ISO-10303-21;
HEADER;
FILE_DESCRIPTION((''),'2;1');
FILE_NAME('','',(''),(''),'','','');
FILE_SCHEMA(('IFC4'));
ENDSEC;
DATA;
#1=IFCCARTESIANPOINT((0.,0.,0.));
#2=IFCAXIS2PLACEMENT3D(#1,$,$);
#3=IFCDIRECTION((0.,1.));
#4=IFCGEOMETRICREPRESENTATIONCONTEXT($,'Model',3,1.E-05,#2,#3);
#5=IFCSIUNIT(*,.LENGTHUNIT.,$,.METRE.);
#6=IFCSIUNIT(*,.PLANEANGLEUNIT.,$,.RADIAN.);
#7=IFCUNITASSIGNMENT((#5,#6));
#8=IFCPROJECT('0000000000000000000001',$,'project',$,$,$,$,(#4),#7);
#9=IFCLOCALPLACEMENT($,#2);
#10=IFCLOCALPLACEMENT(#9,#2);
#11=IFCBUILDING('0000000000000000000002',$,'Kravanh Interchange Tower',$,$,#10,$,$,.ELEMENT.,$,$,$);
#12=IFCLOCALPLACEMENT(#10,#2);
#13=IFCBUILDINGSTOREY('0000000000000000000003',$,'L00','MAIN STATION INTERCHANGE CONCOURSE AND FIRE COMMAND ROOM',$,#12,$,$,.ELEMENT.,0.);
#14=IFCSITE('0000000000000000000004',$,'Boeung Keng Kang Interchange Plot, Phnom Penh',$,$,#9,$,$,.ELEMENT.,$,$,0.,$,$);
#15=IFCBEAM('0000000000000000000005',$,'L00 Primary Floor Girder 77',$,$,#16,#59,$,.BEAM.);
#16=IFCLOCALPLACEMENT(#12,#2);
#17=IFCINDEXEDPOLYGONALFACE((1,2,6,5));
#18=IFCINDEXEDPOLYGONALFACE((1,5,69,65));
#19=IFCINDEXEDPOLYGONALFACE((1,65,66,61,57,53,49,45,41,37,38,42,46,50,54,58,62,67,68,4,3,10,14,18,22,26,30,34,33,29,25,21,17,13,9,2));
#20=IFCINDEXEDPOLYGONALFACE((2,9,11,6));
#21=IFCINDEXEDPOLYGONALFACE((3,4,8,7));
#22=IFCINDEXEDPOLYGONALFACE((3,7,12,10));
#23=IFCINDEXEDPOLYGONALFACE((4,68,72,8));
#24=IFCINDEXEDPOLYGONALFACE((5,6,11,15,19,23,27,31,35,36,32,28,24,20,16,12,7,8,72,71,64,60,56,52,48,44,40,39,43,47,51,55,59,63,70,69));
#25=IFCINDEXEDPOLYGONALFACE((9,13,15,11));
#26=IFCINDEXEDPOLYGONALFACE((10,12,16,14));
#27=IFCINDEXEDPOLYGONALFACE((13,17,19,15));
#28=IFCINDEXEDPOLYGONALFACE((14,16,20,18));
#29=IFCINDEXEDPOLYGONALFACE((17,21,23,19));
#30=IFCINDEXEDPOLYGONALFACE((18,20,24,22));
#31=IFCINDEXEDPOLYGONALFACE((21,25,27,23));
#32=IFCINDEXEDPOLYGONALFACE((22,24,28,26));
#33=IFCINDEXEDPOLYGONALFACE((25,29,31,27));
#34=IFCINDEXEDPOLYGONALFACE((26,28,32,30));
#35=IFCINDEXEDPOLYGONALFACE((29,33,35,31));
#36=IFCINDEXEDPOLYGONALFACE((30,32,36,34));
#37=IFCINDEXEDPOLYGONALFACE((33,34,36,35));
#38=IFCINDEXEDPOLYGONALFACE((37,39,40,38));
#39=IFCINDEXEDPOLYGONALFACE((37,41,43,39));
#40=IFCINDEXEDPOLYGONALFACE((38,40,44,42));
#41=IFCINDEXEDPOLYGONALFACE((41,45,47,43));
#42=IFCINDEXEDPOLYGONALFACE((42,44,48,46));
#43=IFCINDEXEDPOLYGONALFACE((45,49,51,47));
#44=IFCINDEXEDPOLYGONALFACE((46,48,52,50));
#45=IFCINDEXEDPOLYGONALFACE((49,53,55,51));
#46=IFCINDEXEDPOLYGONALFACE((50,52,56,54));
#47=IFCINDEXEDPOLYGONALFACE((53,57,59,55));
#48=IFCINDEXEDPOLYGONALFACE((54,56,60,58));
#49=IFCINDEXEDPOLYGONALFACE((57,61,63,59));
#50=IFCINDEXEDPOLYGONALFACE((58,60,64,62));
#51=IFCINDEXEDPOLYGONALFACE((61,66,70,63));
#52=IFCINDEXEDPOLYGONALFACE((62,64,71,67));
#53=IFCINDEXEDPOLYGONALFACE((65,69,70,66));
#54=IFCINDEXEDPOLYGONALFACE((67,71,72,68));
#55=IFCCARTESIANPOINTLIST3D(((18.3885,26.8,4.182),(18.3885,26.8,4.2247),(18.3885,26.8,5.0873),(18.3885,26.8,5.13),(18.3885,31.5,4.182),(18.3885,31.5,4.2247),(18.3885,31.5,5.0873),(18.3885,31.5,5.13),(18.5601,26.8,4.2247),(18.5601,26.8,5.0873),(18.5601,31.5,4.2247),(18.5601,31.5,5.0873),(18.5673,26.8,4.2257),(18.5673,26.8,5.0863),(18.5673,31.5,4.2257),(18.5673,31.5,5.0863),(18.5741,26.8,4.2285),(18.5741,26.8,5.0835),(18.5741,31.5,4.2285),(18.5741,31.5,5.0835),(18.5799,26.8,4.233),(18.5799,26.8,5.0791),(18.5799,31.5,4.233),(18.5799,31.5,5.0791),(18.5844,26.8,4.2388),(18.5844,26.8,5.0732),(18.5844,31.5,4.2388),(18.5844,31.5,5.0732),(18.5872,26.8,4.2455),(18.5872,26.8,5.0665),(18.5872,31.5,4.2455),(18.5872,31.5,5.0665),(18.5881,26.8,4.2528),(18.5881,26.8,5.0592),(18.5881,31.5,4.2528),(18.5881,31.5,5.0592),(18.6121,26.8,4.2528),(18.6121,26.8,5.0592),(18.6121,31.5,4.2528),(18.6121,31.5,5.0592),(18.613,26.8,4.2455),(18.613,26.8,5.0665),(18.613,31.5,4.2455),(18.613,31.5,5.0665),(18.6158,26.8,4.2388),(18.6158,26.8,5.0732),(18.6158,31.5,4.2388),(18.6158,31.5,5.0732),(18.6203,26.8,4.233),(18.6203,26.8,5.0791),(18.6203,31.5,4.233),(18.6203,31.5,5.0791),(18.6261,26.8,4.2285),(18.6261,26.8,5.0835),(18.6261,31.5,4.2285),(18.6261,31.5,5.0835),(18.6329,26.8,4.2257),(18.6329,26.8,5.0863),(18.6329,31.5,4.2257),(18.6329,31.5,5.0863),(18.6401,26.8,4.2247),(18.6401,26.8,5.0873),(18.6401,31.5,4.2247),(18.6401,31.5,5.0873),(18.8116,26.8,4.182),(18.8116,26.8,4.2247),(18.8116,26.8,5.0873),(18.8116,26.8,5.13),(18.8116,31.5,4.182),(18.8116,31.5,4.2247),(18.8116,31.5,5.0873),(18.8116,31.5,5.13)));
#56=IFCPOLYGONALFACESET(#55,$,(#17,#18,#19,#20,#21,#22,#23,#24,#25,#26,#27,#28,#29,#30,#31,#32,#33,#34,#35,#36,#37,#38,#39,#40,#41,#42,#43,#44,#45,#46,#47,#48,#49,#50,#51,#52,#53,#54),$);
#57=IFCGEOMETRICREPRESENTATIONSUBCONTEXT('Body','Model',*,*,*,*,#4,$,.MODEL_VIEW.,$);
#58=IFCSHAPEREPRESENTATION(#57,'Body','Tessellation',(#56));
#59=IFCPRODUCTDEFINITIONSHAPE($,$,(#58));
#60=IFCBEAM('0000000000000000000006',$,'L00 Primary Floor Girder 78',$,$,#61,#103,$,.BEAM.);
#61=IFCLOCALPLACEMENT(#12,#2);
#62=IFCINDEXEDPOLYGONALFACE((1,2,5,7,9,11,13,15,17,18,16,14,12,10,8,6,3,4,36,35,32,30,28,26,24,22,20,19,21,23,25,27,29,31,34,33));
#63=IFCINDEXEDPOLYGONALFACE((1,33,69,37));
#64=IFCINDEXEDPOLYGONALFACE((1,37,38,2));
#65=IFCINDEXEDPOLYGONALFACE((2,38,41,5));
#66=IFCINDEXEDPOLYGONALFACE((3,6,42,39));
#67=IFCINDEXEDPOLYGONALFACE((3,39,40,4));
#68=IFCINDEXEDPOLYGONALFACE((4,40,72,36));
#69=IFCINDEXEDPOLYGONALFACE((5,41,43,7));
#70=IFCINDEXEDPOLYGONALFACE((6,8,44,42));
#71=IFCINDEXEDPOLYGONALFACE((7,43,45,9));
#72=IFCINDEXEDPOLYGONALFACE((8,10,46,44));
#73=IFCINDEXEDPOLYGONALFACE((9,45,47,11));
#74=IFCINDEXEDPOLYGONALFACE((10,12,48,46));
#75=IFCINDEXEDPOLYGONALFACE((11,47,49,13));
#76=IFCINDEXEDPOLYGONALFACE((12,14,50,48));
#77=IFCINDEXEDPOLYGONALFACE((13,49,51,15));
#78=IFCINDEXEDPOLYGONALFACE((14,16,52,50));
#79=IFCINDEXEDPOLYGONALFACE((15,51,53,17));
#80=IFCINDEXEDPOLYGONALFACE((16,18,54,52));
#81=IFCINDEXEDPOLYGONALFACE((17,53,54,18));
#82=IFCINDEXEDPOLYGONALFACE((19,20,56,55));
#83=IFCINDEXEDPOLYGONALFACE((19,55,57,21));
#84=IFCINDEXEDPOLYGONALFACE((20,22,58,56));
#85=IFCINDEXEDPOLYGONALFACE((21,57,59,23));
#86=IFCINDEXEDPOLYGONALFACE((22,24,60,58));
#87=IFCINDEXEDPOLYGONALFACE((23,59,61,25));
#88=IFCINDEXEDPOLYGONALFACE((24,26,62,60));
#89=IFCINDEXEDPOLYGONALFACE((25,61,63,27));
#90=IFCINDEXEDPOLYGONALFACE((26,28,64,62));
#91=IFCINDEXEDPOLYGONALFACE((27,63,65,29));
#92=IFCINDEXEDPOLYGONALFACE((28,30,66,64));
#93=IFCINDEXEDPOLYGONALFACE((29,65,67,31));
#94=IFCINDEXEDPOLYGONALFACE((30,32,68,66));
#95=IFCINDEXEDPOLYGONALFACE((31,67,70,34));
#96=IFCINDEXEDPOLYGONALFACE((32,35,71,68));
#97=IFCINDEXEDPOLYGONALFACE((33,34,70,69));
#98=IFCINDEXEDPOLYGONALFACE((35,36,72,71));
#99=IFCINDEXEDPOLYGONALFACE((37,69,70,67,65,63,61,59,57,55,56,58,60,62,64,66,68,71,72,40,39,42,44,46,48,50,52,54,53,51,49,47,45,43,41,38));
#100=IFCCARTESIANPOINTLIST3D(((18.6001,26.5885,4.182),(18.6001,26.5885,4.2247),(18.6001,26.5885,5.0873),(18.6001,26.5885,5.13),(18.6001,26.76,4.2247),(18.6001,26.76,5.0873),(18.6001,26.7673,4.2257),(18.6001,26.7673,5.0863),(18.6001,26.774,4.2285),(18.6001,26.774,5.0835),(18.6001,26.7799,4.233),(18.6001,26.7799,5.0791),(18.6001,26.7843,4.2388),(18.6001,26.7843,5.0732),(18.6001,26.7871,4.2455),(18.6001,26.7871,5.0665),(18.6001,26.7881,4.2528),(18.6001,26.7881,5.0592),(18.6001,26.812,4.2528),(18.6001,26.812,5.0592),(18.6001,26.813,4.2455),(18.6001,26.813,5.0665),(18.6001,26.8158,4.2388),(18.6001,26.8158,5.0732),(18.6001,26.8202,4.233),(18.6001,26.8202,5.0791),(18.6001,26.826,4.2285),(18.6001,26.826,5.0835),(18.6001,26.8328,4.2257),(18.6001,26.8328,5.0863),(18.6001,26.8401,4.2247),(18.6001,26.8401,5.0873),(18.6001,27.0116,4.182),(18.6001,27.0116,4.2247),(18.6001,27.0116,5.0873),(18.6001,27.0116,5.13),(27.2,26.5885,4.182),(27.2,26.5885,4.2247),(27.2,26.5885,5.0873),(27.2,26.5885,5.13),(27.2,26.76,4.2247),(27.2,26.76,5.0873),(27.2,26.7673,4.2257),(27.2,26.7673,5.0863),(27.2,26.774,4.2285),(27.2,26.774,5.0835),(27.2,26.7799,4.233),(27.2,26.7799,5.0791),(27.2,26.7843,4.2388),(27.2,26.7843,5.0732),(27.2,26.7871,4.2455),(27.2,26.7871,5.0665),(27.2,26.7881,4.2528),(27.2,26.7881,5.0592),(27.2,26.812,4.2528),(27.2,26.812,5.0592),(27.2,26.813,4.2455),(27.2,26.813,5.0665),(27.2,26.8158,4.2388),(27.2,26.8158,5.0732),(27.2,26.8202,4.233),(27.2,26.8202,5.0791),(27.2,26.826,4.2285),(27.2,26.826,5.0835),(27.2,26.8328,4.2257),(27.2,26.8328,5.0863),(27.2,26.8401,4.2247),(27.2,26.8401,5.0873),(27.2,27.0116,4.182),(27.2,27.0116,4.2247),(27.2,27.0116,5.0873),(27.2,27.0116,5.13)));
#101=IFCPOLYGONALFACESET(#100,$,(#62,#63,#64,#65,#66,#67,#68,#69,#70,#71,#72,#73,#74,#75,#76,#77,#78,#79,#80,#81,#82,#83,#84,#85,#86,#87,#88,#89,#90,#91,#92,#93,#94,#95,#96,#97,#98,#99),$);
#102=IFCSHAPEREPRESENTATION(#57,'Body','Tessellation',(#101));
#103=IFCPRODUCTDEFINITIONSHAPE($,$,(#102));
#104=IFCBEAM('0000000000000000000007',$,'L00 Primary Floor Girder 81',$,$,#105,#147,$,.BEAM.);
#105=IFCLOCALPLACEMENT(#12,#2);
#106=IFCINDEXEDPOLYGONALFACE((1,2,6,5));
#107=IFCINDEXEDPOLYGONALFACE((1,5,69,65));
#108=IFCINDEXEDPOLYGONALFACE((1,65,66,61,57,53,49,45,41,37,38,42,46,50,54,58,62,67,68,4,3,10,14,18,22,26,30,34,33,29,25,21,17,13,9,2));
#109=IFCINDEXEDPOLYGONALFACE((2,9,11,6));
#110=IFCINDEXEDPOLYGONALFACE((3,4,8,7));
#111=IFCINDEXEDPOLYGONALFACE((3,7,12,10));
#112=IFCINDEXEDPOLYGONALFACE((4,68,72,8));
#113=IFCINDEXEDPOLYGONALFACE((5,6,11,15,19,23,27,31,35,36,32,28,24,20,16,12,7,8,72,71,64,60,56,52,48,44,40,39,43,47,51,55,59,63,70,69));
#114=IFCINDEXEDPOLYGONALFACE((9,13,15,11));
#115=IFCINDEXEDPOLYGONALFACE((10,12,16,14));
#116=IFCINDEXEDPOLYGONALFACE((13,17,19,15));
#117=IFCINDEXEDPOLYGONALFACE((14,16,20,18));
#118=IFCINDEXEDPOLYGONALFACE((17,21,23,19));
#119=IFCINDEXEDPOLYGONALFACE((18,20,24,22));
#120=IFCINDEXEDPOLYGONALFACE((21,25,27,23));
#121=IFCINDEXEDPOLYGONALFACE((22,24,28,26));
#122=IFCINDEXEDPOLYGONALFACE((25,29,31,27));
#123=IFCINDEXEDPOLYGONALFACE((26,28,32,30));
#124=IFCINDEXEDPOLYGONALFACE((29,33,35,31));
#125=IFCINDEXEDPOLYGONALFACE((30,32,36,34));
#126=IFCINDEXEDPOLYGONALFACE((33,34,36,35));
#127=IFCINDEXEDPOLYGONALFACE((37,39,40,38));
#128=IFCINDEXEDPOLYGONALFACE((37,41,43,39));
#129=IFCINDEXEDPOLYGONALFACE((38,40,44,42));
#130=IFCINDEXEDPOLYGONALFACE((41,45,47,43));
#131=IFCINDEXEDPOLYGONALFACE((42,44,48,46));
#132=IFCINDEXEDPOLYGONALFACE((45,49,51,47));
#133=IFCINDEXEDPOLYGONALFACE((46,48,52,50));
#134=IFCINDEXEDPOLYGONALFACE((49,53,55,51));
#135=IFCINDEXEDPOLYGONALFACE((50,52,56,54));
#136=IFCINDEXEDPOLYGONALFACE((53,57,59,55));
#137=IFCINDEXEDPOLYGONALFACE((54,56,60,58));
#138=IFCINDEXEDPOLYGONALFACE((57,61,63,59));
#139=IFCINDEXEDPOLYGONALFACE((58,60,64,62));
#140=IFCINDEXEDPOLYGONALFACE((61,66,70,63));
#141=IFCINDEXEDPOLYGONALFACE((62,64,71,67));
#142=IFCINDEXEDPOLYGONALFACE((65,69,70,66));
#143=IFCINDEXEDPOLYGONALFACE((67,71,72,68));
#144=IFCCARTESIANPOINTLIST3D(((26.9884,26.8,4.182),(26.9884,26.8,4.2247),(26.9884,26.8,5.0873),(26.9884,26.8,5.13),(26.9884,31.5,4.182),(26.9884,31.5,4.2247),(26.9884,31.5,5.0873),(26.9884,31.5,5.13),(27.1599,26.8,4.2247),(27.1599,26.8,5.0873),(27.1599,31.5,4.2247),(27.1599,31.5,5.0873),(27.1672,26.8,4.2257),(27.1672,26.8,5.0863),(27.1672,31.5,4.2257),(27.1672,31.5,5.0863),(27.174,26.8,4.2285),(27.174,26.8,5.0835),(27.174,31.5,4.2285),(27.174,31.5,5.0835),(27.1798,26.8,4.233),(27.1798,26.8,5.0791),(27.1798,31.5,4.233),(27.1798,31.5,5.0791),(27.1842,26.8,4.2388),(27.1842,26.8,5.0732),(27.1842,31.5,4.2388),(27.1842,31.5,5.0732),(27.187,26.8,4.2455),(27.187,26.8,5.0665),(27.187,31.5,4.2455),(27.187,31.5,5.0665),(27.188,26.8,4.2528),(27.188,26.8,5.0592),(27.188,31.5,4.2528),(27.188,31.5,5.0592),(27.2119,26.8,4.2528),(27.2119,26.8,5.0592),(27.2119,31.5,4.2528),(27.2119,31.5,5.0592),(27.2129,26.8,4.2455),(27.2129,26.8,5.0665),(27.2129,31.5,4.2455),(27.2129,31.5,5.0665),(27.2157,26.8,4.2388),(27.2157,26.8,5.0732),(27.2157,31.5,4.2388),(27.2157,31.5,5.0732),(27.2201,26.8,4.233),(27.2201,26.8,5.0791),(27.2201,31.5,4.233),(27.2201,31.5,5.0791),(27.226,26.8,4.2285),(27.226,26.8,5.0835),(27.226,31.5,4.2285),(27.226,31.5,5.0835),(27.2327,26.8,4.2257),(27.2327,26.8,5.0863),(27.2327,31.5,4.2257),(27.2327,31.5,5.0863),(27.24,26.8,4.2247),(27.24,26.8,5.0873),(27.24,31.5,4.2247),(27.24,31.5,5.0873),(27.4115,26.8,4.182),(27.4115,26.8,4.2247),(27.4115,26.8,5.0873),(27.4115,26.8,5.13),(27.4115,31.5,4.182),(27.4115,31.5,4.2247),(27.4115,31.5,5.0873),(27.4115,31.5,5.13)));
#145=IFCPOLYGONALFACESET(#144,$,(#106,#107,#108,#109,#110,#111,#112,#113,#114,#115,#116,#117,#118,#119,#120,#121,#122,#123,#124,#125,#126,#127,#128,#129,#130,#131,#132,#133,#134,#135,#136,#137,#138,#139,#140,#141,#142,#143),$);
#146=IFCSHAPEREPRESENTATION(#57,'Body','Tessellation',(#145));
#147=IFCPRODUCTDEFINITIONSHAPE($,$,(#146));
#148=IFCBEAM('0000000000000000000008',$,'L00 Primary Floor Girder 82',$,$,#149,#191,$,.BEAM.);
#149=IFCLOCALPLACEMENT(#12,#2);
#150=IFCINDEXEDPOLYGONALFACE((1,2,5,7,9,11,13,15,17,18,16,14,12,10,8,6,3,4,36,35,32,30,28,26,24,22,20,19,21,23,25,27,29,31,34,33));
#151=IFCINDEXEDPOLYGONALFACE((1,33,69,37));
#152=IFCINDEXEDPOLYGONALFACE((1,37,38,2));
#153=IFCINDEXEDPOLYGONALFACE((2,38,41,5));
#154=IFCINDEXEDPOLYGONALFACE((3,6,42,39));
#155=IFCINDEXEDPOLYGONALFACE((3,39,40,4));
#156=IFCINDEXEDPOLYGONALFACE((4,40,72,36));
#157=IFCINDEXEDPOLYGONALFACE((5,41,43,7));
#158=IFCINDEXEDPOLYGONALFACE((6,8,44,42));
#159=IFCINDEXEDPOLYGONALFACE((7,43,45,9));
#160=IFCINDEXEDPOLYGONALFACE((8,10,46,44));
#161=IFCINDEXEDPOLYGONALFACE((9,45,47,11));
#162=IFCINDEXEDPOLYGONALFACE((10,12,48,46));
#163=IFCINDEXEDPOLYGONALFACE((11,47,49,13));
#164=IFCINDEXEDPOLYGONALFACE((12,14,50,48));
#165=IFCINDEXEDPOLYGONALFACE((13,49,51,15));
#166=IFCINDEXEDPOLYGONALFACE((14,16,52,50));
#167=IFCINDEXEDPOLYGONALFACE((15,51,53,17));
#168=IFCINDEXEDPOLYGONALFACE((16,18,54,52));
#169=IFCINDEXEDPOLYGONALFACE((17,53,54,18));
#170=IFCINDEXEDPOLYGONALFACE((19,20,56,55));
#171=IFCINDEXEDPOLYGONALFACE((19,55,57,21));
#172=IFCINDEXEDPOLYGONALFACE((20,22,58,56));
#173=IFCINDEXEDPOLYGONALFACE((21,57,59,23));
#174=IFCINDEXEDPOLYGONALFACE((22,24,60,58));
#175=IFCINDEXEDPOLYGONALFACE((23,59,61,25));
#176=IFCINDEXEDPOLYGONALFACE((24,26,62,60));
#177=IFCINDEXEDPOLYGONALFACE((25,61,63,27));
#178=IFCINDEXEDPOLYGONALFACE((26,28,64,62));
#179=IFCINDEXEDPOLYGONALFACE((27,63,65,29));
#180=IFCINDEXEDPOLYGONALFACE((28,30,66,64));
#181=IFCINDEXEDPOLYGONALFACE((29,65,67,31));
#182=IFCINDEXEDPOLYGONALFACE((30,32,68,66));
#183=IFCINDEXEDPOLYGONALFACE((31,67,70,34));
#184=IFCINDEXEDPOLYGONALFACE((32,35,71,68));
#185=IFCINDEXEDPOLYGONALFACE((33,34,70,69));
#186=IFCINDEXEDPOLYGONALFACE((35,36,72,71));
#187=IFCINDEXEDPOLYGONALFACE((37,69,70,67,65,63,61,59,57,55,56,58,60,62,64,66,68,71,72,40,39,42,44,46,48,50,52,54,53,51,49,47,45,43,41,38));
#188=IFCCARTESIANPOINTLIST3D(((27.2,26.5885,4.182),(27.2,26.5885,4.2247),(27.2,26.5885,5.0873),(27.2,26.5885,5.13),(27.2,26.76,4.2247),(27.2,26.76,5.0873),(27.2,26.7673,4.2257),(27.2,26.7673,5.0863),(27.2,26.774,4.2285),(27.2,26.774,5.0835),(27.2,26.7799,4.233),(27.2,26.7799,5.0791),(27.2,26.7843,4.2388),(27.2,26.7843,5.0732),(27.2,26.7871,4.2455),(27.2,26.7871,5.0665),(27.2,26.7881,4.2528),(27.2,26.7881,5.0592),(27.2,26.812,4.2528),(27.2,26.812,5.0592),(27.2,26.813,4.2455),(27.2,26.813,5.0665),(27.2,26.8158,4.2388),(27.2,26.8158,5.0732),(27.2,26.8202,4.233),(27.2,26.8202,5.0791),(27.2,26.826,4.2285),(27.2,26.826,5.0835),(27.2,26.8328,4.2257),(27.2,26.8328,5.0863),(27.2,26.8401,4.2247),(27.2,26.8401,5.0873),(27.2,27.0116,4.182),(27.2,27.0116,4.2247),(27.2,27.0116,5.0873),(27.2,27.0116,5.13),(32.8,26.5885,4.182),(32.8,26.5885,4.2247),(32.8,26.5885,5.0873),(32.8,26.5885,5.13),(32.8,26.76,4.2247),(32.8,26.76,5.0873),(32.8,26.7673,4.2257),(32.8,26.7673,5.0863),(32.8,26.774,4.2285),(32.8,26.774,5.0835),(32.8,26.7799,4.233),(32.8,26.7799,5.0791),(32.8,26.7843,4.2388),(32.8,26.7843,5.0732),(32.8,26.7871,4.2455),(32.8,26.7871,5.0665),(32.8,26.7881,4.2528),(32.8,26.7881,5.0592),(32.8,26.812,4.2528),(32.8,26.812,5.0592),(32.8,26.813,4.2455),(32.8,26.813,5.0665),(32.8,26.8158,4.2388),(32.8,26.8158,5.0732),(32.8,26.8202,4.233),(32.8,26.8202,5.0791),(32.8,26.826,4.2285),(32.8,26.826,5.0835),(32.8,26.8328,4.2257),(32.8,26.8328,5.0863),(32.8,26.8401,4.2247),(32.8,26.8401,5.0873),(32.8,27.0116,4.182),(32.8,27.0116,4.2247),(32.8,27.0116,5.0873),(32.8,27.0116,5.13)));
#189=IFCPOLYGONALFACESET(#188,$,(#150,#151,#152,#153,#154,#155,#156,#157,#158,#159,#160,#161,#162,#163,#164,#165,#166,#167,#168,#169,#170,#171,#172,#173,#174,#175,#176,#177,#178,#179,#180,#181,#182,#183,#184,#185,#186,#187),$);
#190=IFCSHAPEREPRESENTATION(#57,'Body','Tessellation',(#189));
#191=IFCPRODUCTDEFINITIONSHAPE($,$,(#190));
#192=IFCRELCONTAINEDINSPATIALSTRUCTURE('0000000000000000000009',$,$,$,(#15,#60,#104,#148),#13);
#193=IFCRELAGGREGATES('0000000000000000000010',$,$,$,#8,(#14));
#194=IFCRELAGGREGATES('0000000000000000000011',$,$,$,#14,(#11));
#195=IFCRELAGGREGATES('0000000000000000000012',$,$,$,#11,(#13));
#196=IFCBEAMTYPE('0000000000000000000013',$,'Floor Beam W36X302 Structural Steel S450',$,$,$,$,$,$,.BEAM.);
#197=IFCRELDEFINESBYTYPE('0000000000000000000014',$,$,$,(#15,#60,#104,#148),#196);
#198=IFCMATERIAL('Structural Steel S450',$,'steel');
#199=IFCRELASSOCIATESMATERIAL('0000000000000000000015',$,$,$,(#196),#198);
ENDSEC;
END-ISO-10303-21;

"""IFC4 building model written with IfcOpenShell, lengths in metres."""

from ifc_helpers import new_model, si_unit, direction, frame, origin, origin_2d, place, context, subcontext, project, spatial, i_section, extrude, material, material_profile, profile_set, type_object, element, save


model = new_model("IFC4")

# Units and contexts
model_context = context("Model", 3, precision=1e-05, world=origin(), true_north=direction((0.0, 1.0)))
body_context = subcontext(model_context, "Body", "Model", "MODEL_VIEW")
ifc_project = project(units=[si_unit("LENGTHUNIT", "METRE"), si_unit("PLANEANGLEUNIT", "RADIAN")], contexts=[model_context])

# Site, building, storey
site_placement = place(None, origin())
site = spatial("IfcSite", under=ifc_project, at=site_placement, Name="Boeung Keng Kang Interchange Plot, Phnom Penh", CompositionType="ELEMENT", RefElevation=0.0)
building_placement = place(site_placement, origin())
building = spatial("IfcBuilding", under=site, at=building_placement, Name="Kravanh Interchange Tower", CompositionType="ELEMENT")
storey_placement = place(building_placement, origin())
storey = spatial("IfcBuildingStorey", under=building, at=storey_placement, Name="L00", Description="MAIN STATION INTERCHANGE CONCOURSE AND FIRE COMMAND ROOM", CompositionType="ELEMENT", Elevation=0.0)

# Beams
ifc_material_1 = material(Name="Structural Steel S450", Category="steel")
ifc_material_profile_1 = material_profile(ifc_material_1, i_section(OverallWidth=0.4231, OverallDepth=0.948, WebThickness=0.0239, FlangeThickness=0.0427, FilletRadius=0.0281, at=origin_2d()), Name="W36X302")
ifc_profile_set_1 = profile_set([ifc_material_profile_1], Name="Structural Steel S450")
beam_type_1 = type_object("IfcBeamType", Name="Floor Beam W36X302 Structural Steel S450", PredefinedType="BEAM", material=ifc_profile_set_1)
beam_1_placement = place(storey_placement, frame((18.6001, 26.8, 4.656), z_axis=(0.0, 1.0, 0.0), x_axis=(-1.0, 0.0, 0.0)))
element("IfcBeam", 1, at=beam_1_placement, inside=storey, type_object=beam_type_1, Name="L00 Primary Floor Girder 77", PredefinedType="BEAM", context=body_context, shape_type="SweptSolid", body=[
    extrude(i_section(OverallWidth=0.4231, OverallDepth=0.948, WebThickness=0.0239, FlangeThickness=0.0427, FilletRadius=0.0281, at=origin_2d()), origin(), (0.0, 0.0, 1.0), 4.7),
])
beam_2_placement = place(storey_placement, frame((18.6001, 26.8, 4.656), z_axis=(1.0, 0.0, 0.0), x_axis=(0.0, 1.0, 0.0)))
element("IfcBeam", 2, at=beam_2_placement, inside=storey, type_object=beam_type_1, Name="L00 Primary Floor Girder 78", PredefinedType="BEAM", context=body_context, shape_type="SweptSolid", body=[
    extrude(i_section(OverallWidth=0.4231, OverallDepth=0.948, WebThickness=0.0239, FlangeThickness=0.0427, FilletRadius=0.0281, at=origin_2d()), origin(), (0.0, 0.0, 1.0), 8.5999),
])
beam_3_placement = place(storey_placement, frame((27.2, 26.8, 4.656), z_axis=(0.0, 1.0, 0.0), x_axis=(-1.0, 0.0, 0.0)))
element("IfcBeam", 3, at=beam_3_placement, inside=storey, type_object=beam_type_1, Name="L00 Primary Floor Girder 81", PredefinedType="BEAM", context=body_context, shape_type="SweptSolid", body=[
    extrude(i_section(OverallWidth=0.4231, OverallDepth=0.948, WebThickness=0.0239, FlangeThickness=0.0427, FilletRadius=0.0281, at=origin_2d()), origin(), (0.0, 0.0, 1.0), 4.7),
])
beam_4_placement = place(storey_placement, frame((27.2, 26.8, 4.656), z_axis=(1.0, 0.0, 0.0), x_axis=(0.0, 1.0, 0.0)))
element("IfcBeam", 4, at=beam_4_placement, inside=storey, type_object=beam_type_1, Name="L00 Primary Floor Girder 82", PredefinedType="BEAM", context=body_context, shape_type="SweptSolid", body=[
    extrude(i_section(OverallWidth=0.4231, OverallDepth=0.948, WebThickness=0.0239, FlangeThickness=0.0427, FilletRadius=0.0281, at=origin_2d()), origin(), (0.0, 0.0, 1.0), 5.6001),
])

save(model, "model.ifc")
